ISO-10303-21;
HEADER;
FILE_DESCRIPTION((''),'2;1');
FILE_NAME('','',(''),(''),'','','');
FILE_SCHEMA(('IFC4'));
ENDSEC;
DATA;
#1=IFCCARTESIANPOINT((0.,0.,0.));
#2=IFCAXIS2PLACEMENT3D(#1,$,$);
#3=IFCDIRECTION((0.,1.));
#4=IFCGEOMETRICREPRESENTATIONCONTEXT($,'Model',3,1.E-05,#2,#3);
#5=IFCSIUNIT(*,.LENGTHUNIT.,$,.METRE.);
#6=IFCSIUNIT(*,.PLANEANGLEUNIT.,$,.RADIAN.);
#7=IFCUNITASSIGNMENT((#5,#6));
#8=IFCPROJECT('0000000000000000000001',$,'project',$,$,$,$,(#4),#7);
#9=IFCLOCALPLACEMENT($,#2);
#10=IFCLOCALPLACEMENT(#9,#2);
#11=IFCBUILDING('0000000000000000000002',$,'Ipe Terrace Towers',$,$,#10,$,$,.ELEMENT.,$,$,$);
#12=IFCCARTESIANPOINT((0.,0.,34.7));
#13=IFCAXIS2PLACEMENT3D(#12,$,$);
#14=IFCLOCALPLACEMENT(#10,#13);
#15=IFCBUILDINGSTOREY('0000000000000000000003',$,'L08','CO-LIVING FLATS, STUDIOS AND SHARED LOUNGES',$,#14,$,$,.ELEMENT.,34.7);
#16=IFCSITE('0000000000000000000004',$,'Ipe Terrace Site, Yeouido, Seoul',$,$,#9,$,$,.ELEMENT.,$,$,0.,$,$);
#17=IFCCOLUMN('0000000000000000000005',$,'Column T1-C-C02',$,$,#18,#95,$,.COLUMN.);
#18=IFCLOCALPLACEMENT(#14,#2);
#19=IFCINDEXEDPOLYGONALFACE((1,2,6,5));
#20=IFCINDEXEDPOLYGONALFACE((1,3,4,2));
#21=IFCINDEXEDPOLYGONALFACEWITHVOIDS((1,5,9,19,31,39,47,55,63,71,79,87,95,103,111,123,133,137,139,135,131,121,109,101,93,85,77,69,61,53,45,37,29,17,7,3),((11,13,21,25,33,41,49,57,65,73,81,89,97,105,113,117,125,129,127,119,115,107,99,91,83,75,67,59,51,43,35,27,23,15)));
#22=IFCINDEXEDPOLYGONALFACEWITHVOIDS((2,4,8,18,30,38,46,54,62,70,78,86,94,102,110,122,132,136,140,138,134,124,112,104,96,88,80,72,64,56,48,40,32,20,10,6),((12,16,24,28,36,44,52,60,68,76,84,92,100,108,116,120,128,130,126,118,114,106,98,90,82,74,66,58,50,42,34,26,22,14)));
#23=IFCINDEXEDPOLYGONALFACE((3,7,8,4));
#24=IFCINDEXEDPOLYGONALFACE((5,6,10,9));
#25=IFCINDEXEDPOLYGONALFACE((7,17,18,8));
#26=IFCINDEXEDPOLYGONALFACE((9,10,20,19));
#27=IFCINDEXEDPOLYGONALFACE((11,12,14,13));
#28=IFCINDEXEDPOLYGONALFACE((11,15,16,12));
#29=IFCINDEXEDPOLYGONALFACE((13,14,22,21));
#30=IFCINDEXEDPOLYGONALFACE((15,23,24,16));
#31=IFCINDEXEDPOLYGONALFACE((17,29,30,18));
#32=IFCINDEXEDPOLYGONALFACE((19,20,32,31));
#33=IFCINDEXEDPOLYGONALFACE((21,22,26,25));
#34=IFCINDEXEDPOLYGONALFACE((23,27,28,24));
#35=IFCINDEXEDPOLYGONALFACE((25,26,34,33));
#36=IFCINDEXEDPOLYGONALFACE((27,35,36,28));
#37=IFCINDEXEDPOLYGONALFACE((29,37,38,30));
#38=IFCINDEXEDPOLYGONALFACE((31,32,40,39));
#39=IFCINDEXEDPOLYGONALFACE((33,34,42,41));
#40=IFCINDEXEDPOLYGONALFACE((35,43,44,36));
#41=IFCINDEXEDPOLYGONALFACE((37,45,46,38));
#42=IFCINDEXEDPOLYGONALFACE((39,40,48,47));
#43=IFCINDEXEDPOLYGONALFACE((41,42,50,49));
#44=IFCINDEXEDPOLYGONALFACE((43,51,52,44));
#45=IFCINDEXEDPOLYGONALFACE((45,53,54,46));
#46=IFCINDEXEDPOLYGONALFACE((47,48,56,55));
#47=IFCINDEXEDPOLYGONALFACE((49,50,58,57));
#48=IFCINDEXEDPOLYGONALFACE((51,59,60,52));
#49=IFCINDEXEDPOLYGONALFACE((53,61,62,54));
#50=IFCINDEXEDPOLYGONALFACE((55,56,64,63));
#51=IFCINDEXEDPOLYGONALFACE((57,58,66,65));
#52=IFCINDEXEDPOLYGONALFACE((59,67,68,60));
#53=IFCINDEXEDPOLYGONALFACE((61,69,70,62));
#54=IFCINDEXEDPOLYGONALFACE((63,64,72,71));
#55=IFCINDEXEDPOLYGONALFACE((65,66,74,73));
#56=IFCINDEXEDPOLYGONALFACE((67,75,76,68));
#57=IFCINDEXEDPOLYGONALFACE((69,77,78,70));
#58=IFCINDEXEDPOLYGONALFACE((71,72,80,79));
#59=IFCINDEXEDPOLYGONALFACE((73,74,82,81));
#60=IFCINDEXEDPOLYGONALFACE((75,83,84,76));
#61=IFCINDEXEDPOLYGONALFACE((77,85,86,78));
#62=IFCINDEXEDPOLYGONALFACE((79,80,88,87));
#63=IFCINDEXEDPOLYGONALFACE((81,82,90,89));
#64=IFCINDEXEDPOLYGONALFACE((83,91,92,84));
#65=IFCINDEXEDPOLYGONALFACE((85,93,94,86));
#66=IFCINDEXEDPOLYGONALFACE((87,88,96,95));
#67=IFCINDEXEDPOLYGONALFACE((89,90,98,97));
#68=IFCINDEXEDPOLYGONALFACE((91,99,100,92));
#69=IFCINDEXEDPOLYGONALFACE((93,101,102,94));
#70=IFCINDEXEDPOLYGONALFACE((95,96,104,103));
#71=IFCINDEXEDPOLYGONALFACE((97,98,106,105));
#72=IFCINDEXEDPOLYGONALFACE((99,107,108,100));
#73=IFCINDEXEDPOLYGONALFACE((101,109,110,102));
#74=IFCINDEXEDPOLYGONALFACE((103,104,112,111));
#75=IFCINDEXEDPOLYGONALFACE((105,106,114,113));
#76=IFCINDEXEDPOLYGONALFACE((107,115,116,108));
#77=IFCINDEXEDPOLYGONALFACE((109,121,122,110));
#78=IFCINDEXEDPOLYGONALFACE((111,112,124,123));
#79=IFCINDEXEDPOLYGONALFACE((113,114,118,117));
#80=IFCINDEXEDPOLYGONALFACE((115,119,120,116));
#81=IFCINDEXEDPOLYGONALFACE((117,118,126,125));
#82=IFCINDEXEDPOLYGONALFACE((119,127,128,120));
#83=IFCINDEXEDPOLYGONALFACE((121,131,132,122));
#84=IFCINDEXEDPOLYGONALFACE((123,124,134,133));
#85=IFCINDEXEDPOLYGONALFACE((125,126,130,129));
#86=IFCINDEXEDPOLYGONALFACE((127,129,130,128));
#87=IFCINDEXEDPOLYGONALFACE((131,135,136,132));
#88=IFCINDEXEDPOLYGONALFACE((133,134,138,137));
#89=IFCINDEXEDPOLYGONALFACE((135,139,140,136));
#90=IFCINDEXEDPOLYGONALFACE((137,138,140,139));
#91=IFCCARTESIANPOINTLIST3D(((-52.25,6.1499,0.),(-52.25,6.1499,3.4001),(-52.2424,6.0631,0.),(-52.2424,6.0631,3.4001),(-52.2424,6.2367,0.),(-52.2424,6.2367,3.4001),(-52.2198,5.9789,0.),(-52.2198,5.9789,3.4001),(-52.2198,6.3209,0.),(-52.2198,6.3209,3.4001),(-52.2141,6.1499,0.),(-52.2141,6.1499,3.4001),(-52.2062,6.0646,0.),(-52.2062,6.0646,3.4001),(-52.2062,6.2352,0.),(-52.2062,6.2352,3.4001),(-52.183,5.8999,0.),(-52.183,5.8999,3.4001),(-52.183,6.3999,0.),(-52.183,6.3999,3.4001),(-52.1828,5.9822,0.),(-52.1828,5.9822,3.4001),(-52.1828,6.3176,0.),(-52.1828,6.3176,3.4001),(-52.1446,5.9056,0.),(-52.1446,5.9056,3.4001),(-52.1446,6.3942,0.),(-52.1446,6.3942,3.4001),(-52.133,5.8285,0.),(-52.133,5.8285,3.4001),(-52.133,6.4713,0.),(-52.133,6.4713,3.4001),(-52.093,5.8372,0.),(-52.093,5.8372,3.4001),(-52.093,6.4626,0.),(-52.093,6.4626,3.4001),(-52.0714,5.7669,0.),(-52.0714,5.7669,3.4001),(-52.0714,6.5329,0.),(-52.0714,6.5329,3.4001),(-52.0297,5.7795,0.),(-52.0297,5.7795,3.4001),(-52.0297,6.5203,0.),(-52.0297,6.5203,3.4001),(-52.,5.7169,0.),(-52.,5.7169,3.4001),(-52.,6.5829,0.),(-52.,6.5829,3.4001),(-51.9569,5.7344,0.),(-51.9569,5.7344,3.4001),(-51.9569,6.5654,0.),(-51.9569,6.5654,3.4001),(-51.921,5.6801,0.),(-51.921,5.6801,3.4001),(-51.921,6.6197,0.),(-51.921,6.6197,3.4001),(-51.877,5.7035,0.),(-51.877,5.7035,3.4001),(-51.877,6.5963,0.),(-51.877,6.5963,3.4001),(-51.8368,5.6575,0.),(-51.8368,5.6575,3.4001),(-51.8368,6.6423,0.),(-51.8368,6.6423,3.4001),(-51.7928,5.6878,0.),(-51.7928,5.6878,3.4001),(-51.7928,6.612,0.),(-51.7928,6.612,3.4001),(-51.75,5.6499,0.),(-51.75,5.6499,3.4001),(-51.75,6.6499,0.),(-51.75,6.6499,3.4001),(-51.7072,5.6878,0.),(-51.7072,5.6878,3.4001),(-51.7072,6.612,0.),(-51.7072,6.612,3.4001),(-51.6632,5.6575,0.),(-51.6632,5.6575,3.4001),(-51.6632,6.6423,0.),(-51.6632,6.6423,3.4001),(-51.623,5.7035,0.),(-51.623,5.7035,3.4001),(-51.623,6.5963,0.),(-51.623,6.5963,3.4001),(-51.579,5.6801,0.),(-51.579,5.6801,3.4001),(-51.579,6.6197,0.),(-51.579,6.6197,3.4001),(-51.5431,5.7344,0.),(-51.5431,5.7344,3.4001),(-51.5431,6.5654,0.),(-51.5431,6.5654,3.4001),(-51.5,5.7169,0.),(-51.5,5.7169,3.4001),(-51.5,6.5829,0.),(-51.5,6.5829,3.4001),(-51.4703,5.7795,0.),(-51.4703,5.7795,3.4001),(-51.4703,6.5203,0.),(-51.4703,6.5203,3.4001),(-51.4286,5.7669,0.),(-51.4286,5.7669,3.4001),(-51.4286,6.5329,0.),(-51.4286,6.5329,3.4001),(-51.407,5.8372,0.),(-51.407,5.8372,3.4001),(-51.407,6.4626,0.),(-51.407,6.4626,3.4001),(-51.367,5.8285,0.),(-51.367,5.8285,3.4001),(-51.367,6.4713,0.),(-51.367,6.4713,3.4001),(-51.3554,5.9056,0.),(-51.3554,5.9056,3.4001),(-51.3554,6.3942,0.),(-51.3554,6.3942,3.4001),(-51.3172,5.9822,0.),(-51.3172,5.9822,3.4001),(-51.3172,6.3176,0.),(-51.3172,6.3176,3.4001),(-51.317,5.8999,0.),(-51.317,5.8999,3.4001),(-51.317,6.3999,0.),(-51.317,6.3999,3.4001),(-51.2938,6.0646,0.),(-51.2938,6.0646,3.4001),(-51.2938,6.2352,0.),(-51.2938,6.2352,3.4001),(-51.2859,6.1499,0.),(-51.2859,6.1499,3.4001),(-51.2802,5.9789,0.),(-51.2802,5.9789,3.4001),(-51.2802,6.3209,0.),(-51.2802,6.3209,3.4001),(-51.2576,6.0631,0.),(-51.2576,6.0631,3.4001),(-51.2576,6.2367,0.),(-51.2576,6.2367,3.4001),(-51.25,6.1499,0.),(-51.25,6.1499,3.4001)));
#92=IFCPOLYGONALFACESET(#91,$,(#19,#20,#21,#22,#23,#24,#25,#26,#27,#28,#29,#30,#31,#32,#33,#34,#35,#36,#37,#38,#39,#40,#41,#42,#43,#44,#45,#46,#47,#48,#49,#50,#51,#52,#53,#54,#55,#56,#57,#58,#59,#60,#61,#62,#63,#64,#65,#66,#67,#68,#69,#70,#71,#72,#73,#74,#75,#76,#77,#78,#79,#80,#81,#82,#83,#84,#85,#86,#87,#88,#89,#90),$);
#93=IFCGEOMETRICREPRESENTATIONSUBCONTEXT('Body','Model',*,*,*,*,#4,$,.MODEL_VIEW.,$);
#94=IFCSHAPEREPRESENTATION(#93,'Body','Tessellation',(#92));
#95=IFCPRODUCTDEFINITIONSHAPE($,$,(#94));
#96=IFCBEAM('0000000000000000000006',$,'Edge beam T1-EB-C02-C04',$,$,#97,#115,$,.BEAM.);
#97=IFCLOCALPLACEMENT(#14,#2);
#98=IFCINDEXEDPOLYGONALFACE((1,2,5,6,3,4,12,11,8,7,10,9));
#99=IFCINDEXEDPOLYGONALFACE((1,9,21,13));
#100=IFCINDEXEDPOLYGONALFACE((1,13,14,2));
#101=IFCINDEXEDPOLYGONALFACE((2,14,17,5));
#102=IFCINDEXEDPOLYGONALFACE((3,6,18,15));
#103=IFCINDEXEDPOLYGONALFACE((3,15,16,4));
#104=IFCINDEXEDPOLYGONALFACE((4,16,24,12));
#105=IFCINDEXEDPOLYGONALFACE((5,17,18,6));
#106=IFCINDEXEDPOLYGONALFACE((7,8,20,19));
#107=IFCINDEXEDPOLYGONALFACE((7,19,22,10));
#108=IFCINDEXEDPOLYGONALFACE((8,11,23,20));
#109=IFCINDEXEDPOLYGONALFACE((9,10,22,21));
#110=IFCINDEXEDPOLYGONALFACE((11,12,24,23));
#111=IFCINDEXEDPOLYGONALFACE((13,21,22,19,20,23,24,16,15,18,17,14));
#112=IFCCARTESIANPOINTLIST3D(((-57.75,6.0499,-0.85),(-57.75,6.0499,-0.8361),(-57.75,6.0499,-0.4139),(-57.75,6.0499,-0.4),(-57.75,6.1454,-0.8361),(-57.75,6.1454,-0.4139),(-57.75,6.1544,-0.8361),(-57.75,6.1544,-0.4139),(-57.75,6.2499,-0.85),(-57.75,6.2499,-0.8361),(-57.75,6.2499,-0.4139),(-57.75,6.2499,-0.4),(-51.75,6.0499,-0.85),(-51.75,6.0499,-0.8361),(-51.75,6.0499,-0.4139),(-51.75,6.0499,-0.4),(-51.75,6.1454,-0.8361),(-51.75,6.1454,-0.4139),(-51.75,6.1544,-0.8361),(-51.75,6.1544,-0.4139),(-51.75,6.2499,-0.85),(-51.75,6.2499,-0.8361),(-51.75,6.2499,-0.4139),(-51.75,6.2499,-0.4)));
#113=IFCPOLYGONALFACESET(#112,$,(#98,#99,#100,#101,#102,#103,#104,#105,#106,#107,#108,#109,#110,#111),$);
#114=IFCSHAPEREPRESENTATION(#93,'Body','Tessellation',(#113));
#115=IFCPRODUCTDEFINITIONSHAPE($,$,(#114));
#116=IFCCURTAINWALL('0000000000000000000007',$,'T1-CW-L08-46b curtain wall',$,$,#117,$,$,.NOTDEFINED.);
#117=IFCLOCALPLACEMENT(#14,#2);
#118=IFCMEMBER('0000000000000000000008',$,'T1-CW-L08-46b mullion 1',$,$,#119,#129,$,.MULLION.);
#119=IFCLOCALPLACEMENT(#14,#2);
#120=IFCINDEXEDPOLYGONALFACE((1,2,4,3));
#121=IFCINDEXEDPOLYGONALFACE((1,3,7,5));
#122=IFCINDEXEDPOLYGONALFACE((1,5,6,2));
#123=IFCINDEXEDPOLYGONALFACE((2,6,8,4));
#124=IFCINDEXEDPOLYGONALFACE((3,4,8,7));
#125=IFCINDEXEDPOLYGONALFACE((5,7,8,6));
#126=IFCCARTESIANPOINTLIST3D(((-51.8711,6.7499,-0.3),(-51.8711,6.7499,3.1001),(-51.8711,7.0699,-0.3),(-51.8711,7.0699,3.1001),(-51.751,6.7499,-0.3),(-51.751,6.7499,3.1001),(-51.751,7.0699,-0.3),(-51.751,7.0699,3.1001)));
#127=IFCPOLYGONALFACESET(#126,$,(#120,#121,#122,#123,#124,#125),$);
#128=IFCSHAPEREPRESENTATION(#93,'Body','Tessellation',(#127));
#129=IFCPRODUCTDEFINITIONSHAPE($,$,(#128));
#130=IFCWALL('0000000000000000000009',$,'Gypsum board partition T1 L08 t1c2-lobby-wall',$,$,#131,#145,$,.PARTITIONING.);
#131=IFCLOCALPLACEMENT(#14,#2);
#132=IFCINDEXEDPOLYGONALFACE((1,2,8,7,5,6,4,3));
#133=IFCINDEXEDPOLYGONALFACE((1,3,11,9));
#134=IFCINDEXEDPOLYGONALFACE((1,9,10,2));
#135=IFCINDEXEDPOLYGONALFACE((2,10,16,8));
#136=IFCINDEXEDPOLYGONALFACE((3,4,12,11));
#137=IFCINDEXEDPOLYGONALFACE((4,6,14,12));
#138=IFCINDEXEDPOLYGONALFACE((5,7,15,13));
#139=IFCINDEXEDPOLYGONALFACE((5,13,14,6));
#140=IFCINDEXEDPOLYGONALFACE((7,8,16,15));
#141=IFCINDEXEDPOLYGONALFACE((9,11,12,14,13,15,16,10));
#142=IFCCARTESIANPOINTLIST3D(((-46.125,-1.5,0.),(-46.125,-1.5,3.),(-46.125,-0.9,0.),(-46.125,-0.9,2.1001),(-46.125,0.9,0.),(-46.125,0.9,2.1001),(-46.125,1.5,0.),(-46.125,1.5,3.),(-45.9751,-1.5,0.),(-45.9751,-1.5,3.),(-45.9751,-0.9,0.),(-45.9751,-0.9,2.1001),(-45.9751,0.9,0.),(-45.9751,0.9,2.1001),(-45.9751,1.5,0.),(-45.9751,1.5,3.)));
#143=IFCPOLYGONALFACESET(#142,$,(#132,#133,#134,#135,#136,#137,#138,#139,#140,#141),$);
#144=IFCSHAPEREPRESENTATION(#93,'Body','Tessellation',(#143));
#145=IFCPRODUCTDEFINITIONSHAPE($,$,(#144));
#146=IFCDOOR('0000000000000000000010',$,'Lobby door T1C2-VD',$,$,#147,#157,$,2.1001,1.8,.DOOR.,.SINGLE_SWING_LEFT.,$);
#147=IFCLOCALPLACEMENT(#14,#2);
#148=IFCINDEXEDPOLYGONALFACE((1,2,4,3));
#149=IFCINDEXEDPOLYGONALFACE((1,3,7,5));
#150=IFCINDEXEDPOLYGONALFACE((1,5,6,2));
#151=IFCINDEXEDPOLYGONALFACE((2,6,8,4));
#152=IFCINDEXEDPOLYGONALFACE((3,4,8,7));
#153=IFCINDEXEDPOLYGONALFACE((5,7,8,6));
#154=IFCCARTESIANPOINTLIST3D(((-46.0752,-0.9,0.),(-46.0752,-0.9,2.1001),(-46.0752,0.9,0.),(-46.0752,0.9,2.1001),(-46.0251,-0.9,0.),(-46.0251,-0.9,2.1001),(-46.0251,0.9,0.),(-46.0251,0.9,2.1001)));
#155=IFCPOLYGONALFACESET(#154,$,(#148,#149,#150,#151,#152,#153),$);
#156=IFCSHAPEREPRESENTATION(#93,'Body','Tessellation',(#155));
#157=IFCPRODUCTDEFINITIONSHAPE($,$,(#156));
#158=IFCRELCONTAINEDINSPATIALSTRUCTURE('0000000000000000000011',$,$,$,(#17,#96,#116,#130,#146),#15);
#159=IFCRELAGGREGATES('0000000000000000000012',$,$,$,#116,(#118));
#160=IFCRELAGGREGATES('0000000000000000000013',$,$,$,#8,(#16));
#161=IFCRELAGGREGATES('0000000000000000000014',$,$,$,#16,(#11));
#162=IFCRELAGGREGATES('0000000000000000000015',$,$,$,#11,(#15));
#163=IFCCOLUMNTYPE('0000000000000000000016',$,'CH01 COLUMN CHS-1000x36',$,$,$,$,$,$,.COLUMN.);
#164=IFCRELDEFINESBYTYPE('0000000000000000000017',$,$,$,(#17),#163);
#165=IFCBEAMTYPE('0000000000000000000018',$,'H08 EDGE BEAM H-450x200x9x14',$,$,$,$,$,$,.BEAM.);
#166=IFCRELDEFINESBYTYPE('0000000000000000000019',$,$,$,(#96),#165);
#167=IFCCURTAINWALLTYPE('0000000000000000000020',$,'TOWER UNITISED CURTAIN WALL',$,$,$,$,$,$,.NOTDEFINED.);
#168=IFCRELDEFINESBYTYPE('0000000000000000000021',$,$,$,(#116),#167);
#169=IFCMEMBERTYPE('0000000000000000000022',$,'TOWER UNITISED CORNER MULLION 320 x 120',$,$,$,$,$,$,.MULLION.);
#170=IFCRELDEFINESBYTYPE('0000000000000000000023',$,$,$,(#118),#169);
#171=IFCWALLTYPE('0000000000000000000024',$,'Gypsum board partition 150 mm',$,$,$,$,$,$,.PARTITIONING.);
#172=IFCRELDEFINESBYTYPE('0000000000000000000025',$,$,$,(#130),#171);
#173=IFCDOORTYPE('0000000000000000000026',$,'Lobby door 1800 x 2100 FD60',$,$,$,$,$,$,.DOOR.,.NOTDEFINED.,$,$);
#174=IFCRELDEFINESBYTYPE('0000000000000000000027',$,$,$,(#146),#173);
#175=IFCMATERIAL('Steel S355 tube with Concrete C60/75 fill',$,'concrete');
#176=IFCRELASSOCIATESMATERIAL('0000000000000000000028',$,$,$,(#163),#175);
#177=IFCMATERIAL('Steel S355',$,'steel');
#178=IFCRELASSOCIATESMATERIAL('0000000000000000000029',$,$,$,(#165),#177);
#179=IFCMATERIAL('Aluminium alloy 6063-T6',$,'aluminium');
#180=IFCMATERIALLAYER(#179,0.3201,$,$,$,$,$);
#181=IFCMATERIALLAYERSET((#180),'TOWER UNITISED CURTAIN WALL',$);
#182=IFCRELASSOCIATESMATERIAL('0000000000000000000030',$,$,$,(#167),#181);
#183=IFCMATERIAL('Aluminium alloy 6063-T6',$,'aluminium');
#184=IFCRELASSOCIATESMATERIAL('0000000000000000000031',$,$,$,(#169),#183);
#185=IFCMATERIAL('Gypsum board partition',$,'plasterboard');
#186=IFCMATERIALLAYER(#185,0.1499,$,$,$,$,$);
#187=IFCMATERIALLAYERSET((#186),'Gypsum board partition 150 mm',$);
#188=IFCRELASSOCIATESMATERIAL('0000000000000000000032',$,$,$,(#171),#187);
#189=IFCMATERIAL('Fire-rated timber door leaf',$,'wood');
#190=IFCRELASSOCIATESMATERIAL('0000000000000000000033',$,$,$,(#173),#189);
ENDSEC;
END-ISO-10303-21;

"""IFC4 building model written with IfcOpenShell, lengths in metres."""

from ifc_helpers import new_model, si_unit, direction, frame, frame_2d, origin, origin_2d, place, context, subcontext, project, spatial, rectangle, hollow_circle, i_section, extrude, material, layer, layer_set, material_profile, profile_set, type_object, element, fill, aggregate, save


model = new_model("IFC4")

# Units and contexts
model_context = context("Model", 3, precision=1e-05, world=origin(), true_north=direction((0.0, 1.0)))
body_context = subcontext(model_context, "Body", "Model", "MODEL_VIEW")
ifc_project = project(units=[si_unit("LENGTHUNIT", "METRE"), si_unit("PLANEANGLEUNIT", "RADIAN")], contexts=[model_context])

# Site, building, storey
site_placement = place(None, origin())
site = spatial("IfcSite", under=ifc_project, at=site_placement, Name="Ipe Terrace Site, Yeouido, Seoul", CompositionType="ELEMENT", RefElevation=0.0)
building_placement = place(site_placement, origin())
building = spatial("IfcBuilding", under=site, at=building_placement, Name="Ipe Terrace Towers", CompositionType="ELEMENT")
storey_placement = place(building_placement, frame((0.0, 0.0, 34.7)))
storey = spatial("IfcBuildingStorey", under=building, at=storey_placement, Name="L08", Description="CO-LIVING FLATS, STUDIOS AND SHARED LOUNGES", CompositionType="ELEMENT", Elevation=34.7)

# Column
ifc_material_1 = material(Name="Steel S355 tube with Concrete C60/75 fill", Category="concrete")
ifc_material_profile_1 = material_profile(ifc_material_1, hollow_circle(Radius=0.5, WallThickness=0.0359, at=origin_2d()), Name="CHS-1000x36")
ifc_profile_set_1 = profile_set([ifc_material_profile_1], Name="Steel S355 tube with Concrete C60/75 fill")
column_type = type_object("IfcColumnType", Name="CH01 COLUMN CHS-1000x36", PredefinedType="COLUMN", material=ifc_profile_set_1)
column_placement = place(storey_placement, frame((-51.75, 6.1499, 0.0), z_axis=(0.0, 0.0, 1.0), x_axis=(1.0, 0.0, 0.0)))
element("IfcColumn", 1, at=column_placement, inside=storey, type_object=column_type, Name="Column T1-C-C02", PredefinedType="COLUMN", context=body_context, shape_type="SweptSolid", body=[
    extrude(hollow_circle(Radius=0.5, WallThickness=0.0359, at=origin_2d()), origin(), (0.0, 0.0, 1.0), 3.4001),
])

# Beam
ifc_material_2 = material(Name="Steel S355", Category="steel")
ifc_material_profile_2 = material_profile(ifc_material_2, i_section(OverallWidth=0.2, OverallDepth=0.45, WebThickness=0.009, FlangeThickness=0.0139, at=origin_2d()), Name="H-450x200x9x14")
ifc_profile_set_2 = profile_set([ifc_material_profile_2], Name="Steel S355")
beam_type = type_object("IfcBeamType", Name="H08 EDGE BEAM H-450x200x9x14", PredefinedType="BEAM", material=ifc_profile_set_2)
beam_placement = place(storey_placement, frame((-51.75, 6.1499, -0.625), z_axis=(-1.0, 0.0, 0.0), x_axis=(0.0, -1.0, 0.0)))
element("IfcBeam", 2, at=beam_placement, inside=storey, type_object=beam_type, Name="Edge beam T1-EB-C02-C04", PredefinedType="BEAM", context=body_context, shape_type="SweptSolid", body=[
    extrude(i_section(OverallWidth=0.2, OverallDepth=0.45, WebThickness=0.009, FlangeThickness=0.0139, at=origin_2d()), origin(), (0.0, 0.0, 1.0), 6.0),
])

# Curtain wall, member
ifc_material_3 = material(Name="Aluminium alloy 6063-T6", Category="aluminium")
ifc_layer_1 = layer(ifc_material_3, 0.3201)
ifc_layer_set_1 = layer_set([ifc_layer_1], Name="TOWER UNITISED CURTAIN WALL")
curtain_wall_type = type_object("IfcCurtainWallType", Name="TOWER UNITISED CURTAIN WALL", PredefinedType="NOTDEFINED", material=ifc_layer_set_1)
curtain_wall_placement = place(storey_placement, origin())
curtain_wall = element("IfcCurtainWall", 3, at=curtain_wall_placement, inside=storey, type_object=curtain_wall_type, Name="T1-CW-L08-46b curtain wall", PredefinedType="NOTDEFINED")
ifc_material_4 = material(Name="Aluminium alloy 6063-T6", Category="aluminium")
ifc_material_profile_3 = material_profile(ifc_material_4, rectangle(XDim=0.3201, YDim=0.1201, at=origin_2d()), Name="TOWER UNITISED CORNER MULLION 320 x 120")
ifc_profile_set_3 = profile_set([ifc_material_profile_3], Name="Aluminium alloy 6063-T6")
member_type = type_object("IfcMemberType", Name="TOWER UNITISED CORNER MULLION 320 x 120", PredefinedType="MULLION", material=ifc_profile_set_3)
member_placement = place(storey_placement, frame((-51.811, 6.9099, -0.3), z_axis=(0.0, 0.0, 1.0), x_axis=(0.0, 1.0, 0.0)))
member = element("IfcMember", 4, at=member_placement, type_object=member_type, Name="T1-CW-L08-46b mullion 1", PredefinedType="MULLION", context=body_context, shape_type="SweptSolid", body=[
    extrude(rectangle(XDim=0.3201, YDim=0.1201, at=origin_2d()), origin(), (0.0, 0.0, 1.0), 3.4001),
])
aggregate(curtain_wall, [member])

# Wall, opening, door
ifc_material_5 = material(Name="Gypsum board partition", Category="plasterboard")
ifc_layer_2 = layer(ifc_material_5, 0.1499)
ifc_layer_set_2 = layer_set([ifc_layer_2], Name="Gypsum board partition 150 mm")
wall_type_1 = type_object("IfcWallType", Name="Gypsum board partition 150 mm", PredefinedType="PARTITIONING", material=ifc_layer_set_2)
wall_1_placement = place(storey_placement, frame((-46.05, 1.5, 0.0), z_axis=(0.0, 0.0, 1.0), x_axis=(0.0, -1.0, 0.0)))
wall_1 = element("IfcWall", 5, at=wall_1_placement, inside=storey, type_object=wall_type_1, Name="Gypsum board partition T1 L08 t1c2-lobby-wall", PredefinedType="PARTITIONING", context=body_context, shape_type="SweptSolid", body=[
    extrude(rectangle(XDim=3.0, YDim=0.1499, at=frame_2d((1.5, 0.0))), origin(), (0.0, 0.0, 1.0), 3.0),
])
opening_1_placement = place(wall_1_placement, frame((0.6001, 0.0, 0.0)))
opening_1 = element("IfcOpeningElement", 6, at=opening_1_placement, cuts=wall_1, PredefinedType="OPENING", context=body_context, shape_type="SweptSolid", body=[
    extrude(rectangle(XDim=1.8, YDim=2.1001, at=frame_2d((0.8999, 1.05))), frame((0.0, 0.085, 0.0), z_axis=(0.0, -1.0, 0.0), x_axis=(1.0, 0.0, 0.0)), (0.0, 0.0, 1.0), 0.1699),
])
ifc_material_6 = material(Name="Fire-rated timber door leaf", Category="wood")
door_type_1 = type_object("IfcDoorType", Name="Lobby door 1800 x 2100 FD60", OperationType="NOTDEFINED", PredefinedType="DOOR", material=ifc_material_6)
door_1_placement = place(opening_1_placement, origin())
door_1 = element("IfcDoor", 7, at=door_1_placement, inside=storey, type_object=door_type_1, Name="Lobby door T1C2-VD", OperationType="SINGLE_SWING_LEFT", OverallHeight=2.1001, OverallWidth=1.8, PredefinedType="DOOR", context=body_context, shape_type="SweptSolid", body=[
    extrude(rectangle(XDim=1.8, YDim=2.1001, at=frame_2d((0.8999, 1.05))), frame((0.0, 0.0249, 0.0), z_axis=(0.0, -1.0, 0.0), x_axis=(1.0, 0.0, 0.0)), (0.0, 0.0, 1.0), 0.05),
])
fill(opening_1, door_1)

save(model, "model.ifc")
